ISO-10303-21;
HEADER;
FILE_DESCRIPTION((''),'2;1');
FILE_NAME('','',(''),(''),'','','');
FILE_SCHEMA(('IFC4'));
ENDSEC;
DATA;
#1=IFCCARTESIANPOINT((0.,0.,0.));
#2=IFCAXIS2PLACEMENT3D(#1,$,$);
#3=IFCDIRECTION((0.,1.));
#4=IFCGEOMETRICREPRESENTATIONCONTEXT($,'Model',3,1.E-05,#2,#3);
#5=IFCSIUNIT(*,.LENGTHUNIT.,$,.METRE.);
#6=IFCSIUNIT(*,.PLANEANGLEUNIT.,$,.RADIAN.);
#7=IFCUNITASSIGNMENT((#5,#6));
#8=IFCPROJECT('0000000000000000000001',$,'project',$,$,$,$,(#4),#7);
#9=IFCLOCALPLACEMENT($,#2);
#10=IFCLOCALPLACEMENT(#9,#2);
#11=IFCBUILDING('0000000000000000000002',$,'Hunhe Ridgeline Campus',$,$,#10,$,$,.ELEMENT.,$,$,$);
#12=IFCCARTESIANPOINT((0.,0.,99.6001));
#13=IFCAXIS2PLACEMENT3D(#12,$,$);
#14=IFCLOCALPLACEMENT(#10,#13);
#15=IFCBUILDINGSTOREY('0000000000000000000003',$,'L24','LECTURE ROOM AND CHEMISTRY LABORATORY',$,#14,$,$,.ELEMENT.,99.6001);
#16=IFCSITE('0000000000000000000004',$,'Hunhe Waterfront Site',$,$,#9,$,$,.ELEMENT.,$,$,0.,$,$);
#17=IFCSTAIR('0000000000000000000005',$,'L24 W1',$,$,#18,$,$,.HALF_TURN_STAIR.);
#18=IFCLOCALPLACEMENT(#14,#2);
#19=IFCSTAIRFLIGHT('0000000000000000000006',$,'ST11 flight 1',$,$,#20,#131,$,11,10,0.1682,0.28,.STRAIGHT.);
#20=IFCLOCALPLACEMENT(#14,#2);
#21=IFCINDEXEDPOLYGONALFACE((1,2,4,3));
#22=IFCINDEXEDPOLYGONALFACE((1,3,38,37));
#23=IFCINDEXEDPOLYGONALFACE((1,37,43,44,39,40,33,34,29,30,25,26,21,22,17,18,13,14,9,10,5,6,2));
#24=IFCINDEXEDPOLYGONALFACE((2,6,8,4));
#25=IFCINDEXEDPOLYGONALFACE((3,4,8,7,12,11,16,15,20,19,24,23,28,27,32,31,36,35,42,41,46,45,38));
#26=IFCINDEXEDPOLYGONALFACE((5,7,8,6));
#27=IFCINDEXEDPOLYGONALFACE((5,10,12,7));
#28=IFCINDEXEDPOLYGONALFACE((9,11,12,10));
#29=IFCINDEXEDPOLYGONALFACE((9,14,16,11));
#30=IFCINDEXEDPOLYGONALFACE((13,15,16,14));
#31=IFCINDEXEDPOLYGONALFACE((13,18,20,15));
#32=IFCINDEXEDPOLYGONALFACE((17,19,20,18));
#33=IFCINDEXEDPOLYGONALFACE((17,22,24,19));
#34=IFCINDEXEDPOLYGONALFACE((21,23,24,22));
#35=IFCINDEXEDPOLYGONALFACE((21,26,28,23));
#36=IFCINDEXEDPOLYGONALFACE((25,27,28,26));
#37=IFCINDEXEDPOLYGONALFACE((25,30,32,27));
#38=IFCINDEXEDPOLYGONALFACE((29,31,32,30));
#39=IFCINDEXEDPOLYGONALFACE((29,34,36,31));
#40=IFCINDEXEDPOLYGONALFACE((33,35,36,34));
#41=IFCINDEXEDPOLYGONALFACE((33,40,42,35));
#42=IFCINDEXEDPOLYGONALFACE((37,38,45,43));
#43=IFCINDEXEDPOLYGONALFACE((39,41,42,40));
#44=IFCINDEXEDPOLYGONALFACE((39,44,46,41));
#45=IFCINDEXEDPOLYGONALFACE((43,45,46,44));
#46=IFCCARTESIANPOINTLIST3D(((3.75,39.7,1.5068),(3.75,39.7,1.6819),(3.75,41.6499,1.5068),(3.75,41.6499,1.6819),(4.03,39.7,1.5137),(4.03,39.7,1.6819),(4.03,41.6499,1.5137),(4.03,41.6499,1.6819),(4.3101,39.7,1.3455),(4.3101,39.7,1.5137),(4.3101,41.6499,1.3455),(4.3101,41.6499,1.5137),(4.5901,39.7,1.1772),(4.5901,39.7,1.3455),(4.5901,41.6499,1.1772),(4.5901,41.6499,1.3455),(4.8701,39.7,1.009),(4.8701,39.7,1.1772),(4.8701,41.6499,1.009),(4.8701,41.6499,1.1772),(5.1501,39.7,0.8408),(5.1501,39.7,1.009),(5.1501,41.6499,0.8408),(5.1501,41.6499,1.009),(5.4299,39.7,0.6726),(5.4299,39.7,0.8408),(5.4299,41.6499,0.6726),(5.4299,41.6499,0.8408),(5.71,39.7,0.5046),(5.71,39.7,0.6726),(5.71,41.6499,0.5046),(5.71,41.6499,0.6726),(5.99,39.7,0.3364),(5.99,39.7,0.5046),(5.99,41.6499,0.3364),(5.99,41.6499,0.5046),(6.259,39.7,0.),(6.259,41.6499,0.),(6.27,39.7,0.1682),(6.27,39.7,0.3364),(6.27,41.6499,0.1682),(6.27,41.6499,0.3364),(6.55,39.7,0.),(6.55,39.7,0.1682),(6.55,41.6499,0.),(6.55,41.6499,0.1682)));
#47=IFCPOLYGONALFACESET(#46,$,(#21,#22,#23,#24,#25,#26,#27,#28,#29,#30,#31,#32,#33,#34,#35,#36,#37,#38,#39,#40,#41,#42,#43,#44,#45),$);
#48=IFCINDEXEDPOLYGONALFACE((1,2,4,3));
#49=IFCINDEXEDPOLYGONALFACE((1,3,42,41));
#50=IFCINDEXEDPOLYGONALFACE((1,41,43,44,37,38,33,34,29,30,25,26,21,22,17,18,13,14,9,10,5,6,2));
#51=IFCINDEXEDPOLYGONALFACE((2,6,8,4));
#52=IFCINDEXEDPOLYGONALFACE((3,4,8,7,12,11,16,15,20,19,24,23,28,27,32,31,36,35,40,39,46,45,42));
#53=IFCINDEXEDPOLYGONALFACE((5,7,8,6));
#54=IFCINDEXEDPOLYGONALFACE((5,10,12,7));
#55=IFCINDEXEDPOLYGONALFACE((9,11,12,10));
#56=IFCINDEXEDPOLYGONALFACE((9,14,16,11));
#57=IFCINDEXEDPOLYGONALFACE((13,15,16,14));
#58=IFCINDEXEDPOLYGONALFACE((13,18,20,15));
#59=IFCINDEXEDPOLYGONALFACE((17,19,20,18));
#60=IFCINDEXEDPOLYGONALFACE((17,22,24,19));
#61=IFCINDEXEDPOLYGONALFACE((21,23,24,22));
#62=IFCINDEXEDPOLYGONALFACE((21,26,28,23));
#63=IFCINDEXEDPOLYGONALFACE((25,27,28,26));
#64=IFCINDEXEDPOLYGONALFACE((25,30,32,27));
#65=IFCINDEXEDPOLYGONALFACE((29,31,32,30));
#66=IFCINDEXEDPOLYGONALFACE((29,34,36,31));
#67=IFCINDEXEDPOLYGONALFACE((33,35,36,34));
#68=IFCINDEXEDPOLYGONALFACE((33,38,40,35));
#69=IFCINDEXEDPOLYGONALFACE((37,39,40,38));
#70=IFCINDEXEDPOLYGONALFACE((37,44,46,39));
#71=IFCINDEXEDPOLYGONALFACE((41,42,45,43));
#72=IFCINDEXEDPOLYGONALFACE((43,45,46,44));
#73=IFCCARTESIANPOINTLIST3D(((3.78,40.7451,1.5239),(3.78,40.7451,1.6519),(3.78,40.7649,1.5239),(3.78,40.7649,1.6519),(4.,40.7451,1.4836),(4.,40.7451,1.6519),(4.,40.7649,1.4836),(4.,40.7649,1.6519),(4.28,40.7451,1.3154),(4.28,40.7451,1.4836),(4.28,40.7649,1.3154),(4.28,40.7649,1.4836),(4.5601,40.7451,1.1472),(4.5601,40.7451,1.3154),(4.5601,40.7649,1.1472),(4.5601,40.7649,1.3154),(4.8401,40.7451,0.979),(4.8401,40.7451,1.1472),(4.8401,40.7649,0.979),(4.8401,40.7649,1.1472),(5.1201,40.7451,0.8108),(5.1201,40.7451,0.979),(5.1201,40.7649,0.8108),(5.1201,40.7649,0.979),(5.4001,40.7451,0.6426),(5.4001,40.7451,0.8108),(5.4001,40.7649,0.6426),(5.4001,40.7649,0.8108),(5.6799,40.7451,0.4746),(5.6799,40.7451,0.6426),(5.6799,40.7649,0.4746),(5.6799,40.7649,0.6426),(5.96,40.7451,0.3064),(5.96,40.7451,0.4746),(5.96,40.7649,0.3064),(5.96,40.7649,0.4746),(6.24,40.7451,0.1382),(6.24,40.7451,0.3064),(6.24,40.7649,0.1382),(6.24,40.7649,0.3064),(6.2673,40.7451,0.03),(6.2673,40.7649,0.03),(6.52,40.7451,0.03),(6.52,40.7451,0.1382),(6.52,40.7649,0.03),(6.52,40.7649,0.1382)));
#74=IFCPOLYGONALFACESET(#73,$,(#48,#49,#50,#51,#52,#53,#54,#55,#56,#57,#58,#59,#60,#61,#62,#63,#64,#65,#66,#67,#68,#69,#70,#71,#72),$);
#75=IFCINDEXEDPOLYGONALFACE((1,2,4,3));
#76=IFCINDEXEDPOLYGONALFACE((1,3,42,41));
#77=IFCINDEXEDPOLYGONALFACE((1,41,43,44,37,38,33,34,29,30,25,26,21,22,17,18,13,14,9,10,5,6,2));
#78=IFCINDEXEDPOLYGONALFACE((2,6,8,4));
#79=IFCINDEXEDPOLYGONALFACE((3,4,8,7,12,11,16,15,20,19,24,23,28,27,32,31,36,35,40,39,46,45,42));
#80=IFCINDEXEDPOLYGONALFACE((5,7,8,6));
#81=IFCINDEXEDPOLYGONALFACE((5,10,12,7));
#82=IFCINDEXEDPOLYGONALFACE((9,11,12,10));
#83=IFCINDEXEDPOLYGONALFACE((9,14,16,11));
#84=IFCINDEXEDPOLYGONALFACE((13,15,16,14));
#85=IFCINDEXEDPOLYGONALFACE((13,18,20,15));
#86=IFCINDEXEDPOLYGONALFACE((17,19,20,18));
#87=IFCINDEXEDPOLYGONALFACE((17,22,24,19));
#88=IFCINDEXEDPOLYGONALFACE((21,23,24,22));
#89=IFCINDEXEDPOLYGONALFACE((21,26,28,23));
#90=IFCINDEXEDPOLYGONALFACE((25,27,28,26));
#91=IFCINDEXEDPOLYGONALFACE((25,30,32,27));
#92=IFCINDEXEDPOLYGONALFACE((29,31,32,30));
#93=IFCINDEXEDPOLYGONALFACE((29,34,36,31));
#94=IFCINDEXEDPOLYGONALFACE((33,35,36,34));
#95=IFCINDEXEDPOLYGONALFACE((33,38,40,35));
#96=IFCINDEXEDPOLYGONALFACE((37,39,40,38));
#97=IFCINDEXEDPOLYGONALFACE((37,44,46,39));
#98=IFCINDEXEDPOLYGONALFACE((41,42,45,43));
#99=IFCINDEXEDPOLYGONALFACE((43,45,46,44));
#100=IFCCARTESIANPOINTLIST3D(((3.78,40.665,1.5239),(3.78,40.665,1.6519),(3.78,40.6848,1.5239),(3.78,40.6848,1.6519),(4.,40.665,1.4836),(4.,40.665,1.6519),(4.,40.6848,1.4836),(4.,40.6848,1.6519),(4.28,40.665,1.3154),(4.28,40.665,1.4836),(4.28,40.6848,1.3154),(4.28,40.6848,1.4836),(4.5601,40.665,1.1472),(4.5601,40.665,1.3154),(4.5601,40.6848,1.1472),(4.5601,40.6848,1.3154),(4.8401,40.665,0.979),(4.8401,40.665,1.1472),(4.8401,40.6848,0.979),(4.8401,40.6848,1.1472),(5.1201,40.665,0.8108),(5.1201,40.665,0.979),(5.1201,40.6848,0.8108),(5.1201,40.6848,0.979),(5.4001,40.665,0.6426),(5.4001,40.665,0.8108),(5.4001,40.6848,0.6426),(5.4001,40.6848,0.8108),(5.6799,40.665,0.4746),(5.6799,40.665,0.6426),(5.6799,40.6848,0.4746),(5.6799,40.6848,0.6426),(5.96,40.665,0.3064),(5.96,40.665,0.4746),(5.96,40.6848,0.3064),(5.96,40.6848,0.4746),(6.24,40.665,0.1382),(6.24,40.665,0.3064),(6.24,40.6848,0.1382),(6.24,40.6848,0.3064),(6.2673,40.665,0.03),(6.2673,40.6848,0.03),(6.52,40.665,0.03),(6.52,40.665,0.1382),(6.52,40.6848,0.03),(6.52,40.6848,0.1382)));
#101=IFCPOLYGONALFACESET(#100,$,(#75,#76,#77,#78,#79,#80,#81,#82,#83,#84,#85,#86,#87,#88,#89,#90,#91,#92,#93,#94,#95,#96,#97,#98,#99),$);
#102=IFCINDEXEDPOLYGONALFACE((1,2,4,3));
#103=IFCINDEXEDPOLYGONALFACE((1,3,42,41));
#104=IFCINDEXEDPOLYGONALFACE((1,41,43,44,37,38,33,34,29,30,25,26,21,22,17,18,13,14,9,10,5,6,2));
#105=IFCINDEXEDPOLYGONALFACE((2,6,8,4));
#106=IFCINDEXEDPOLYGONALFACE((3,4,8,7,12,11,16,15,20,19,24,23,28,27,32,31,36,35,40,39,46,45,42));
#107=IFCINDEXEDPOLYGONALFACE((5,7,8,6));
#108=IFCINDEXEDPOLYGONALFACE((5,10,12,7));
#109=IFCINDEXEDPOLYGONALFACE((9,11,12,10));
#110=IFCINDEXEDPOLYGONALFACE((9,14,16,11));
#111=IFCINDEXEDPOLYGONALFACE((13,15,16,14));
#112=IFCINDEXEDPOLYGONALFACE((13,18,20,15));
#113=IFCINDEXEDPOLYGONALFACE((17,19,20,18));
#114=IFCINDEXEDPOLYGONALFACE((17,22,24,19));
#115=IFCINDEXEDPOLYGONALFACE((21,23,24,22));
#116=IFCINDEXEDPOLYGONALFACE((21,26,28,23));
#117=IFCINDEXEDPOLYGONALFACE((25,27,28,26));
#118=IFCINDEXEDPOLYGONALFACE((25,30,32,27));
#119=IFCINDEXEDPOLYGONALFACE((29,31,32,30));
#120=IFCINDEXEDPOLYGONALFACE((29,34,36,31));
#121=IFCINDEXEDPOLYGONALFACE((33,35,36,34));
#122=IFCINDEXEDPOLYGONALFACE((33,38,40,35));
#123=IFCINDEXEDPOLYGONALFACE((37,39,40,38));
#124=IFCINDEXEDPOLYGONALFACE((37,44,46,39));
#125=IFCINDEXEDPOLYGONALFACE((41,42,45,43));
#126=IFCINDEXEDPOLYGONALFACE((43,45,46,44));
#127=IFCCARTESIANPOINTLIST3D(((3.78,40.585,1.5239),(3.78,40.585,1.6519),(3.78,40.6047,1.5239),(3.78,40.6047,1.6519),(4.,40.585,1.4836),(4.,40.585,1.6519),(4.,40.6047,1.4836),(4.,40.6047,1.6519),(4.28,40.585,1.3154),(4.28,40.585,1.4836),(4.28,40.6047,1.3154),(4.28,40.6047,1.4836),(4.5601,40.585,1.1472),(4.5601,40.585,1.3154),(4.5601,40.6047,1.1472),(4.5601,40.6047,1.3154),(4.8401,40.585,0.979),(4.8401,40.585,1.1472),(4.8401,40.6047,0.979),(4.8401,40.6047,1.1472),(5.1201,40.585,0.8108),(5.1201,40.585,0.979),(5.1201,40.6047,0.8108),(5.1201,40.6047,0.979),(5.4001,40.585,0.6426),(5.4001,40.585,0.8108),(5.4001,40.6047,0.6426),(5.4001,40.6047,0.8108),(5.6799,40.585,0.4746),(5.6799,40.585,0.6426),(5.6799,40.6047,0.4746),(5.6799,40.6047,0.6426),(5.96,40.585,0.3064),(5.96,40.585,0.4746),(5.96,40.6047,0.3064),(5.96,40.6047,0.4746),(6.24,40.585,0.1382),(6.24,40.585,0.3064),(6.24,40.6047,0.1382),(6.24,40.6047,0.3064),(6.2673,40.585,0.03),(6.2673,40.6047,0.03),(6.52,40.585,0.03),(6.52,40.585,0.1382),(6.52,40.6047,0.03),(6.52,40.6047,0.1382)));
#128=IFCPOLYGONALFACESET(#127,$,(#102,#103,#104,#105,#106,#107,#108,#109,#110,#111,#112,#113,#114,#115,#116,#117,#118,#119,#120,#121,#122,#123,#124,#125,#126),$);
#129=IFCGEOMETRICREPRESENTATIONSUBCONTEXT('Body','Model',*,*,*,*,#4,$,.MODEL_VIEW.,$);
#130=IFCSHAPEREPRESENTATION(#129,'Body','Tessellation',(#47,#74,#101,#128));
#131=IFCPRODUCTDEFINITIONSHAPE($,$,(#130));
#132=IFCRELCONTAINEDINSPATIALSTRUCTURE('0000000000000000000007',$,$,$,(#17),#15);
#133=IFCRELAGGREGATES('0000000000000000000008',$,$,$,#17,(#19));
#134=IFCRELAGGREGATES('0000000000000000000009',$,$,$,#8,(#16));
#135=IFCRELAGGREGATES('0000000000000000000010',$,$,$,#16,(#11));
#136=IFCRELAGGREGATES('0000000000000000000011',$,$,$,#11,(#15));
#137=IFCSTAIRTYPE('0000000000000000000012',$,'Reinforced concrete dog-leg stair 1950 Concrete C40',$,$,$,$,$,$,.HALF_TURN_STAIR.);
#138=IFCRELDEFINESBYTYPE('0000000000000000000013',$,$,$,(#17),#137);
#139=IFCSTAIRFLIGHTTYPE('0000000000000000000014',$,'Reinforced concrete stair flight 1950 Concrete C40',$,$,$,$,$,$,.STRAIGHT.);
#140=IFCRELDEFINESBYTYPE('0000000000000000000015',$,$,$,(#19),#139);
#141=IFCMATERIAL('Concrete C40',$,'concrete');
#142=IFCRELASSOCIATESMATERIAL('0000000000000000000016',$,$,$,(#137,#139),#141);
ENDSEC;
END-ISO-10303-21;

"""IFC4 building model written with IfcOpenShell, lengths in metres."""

from ifc_helpers import new_model, si_unit, direction, frame, origin, place, context, subcontext, project, spatial, polyline, outline, extrude, material, type_object, element, aggregate, save


model = new_model("IFC4")

# Units and contexts
model_context = context("Model", 3, precision=1e-05, world=origin(), true_north=direction((0.0, 1.0)))
body_context = subcontext(model_context, "Body", "Model", "MODEL_VIEW")
ifc_project = project(units=[si_unit("LENGTHUNIT", "METRE"), si_unit("PLANEANGLEUNIT", "RADIAN")], contexts=[model_context])

# Site, building, storey
site_placement = place(None, origin())
site = spatial("IfcSite", under=ifc_project, at=site_placement, Name="Hunhe Waterfront Site", CompositionType="ELEMENT", RefElevation=0.0)
building_placement = place(site_placement, origin())
building = spatial("IfcBuilding", under=site, at=building_placement, Name="Hunhe Ridgeline Campus", CompositionType="ELEMENT")
storey_placement = place(building_placement, frame((0.0, 0.0, 99.6001)))
storey = spatial("IfcBuildingStorey", under=building, at=storey_placement, Name="L24", Description="LECTURE ROOM AND CHEMISTRY LABORATORY", CompositionType="ELEMENT", Elevation=99.6001)

# Shared definitions
ifc_material_1 = material(Name="Concrete C40", Category="concrete")
stair_type = type_object("IfcStairType", Name="Reinforced concrete dog-leg stair 1950 Concrete C40", PredefinedType="HALF_TURN_STAIR", material=ifc_material_1)
stair_flight_type = type_object("IfcStairFlightType", Name="Reinforced concrete stair flight 1950 Concrete C40", PredefinedType="STRAIGHT", material=ifc_material_1)

# Stair, stair flight
stair_1_placement = place(storey_placement, origin())
stair_1 = element("IfcStair", 1, at=stair_1_placement, inside=storey, type_object=stair_type, Name="L24 W1", PredefinedType="HALF_TURN_STAIR")
stair_flight_1_placement = place(storey_placement, frame((6.55, 40.675, 0.0), z_axis=(0.0, 0.0, 1.0), x_axis=(-1.0, 0.0, 0.0)))
stair_flight_1 = element("IfcStairFlight", 2, at=stair_flight_1_placement, type_object=stair_flight_type, Name="ST11 flight 1", NumberOfRisers=11, NumberOfTreads=10, PredefinedType="STRAIGHT", RiserHeight=0.1682, TreadLength=0.28, context=body_context, shape_type="SweptSolid", body=[
    extrude(outline(polyline([(0.0, 0.0), (0.0, 0.1682), (0.28, 0.1682), (0.28, 0.3364), (0.5601, 0.3364), (0.5601, 0.5046), (0.8401, 0.5046), (0.8401, 0.6726), (1.1201, 0.6726), (1.1201, 0.8408), (1.3999, 0.8408), (1.3999, 1.009), (1.6799, 1.009), (1.6799, 1.1772), (1.96, 1.1772), (1.96, 1.3455), (2.24, 1.3455), (2.24, 1.5137), (2.52, 1.5137), (2.52, 1.6819), (2.8, 1.6819), (2.8, 1.8501), (2.8, 1.5068), (0.291, 0.0), (0.0, 0.0)])), frame((0.0, 0.9751, 0.0), z_axis=(0.0, -1.0, 0.0), x_axis=(1.0, 0.0, 0.0)), (0.0, 0.0, 1.0), 1.95),
    extrude(outline(polyline([(0.03, 0.03), (0.03, 0.1382), (0.3101, 0.1382), (0.3101, 0.3064), (0.5901, 0.3064), (0.5901, 0.4746), (0.8701, 0.4746), (0.8701, 0.6426), (1.1499, 0.6426), (1.1499, 0.8108), (1.4299, 0.8108), (1.4299, 0.979), (1.71, 0.979), (1.71, 1.1472), (1.99, 1.1472), (1.99, 1.3154), (2.27, 1.3154), (2.27, 1.4836), (2.55, 1.4836), (2.55, 1.6519), (2.77, 1.6519), (2.77, 1.5239), (0.2827, 0.03), (0.03, 0.03)])), frame((0.0, -0.0701, 0.0), z_axis=(0.0, -1.0, 0.0), x_axis=(1.0, 0.0, 0.0)), (0.0, 0.0, 1.0), 0.0198),
    extrude(outline(polyline([(0.03, 0.03), (0.03, 0.1382), (0.3101, 0.1382), (0.3101, 0.3064), (0.5901, 0.3064), (0.5901, 0.4746), (0.8701, 0.4746), (0.8701, 0.6426), (1.1499, 0.6426), (1.1499, 0.8108), (1.4299, 0.8108), (1.4299, 0.979), (1.71, 0.979), (1.71, 1.1472), (1.99, 1.1472), (1.99, 1.3154), (2.27, 1.3154), (2.27, 1.4836), (2.55, 1.4836), (2.55, 1.6519), (2.77, 1.6519), (2.77, 1.5239), (0.2827, 0.03), (0.03, 0.03)])), frame((0.0, 0.01, 0.0), z_axis=(0.0, -1.0, 0.0), x_axis=(1.0, 0.0, 0.0)), (0.0, 0.0, 1.0), 0.0198),
    extrude(outline(polyline([(0.03, 0.03), (0.03, 0.1382), (0.3101, 0.1382), (0.3101, 0.3064), (0.5901, 0.3064), (0.5901, 0.4746), (0.8701, 0.4746), (0.8701, 0.6426), (1.1499, 0.6426), (1.1499, 0.8108), (1.4299, 0.8108), (1.4299, 0.979), (1.71, 0.979), (1.71, 1.1472), (1.99, 1.1472), (1.99, 1.3154), (2.27, 1.3154), (2.27, 1.4836), (2.55, 1.4836), (2.55, 1.6519), (2.77, 1.6519), (2.77, 1.5239), (0.2827, 0.03), (0.03, 0.03)])), frame((0.0, 0.0901, 0.0), z_axis=(0.0, -1.0, 0.0), x_axis=(1.0, 0.0, 0.0)), (0.0, 0.0, 1.0), 0.0198),
])
aggregate(stair_1, [stair_flight_1])

save(model, "model.ifc")
